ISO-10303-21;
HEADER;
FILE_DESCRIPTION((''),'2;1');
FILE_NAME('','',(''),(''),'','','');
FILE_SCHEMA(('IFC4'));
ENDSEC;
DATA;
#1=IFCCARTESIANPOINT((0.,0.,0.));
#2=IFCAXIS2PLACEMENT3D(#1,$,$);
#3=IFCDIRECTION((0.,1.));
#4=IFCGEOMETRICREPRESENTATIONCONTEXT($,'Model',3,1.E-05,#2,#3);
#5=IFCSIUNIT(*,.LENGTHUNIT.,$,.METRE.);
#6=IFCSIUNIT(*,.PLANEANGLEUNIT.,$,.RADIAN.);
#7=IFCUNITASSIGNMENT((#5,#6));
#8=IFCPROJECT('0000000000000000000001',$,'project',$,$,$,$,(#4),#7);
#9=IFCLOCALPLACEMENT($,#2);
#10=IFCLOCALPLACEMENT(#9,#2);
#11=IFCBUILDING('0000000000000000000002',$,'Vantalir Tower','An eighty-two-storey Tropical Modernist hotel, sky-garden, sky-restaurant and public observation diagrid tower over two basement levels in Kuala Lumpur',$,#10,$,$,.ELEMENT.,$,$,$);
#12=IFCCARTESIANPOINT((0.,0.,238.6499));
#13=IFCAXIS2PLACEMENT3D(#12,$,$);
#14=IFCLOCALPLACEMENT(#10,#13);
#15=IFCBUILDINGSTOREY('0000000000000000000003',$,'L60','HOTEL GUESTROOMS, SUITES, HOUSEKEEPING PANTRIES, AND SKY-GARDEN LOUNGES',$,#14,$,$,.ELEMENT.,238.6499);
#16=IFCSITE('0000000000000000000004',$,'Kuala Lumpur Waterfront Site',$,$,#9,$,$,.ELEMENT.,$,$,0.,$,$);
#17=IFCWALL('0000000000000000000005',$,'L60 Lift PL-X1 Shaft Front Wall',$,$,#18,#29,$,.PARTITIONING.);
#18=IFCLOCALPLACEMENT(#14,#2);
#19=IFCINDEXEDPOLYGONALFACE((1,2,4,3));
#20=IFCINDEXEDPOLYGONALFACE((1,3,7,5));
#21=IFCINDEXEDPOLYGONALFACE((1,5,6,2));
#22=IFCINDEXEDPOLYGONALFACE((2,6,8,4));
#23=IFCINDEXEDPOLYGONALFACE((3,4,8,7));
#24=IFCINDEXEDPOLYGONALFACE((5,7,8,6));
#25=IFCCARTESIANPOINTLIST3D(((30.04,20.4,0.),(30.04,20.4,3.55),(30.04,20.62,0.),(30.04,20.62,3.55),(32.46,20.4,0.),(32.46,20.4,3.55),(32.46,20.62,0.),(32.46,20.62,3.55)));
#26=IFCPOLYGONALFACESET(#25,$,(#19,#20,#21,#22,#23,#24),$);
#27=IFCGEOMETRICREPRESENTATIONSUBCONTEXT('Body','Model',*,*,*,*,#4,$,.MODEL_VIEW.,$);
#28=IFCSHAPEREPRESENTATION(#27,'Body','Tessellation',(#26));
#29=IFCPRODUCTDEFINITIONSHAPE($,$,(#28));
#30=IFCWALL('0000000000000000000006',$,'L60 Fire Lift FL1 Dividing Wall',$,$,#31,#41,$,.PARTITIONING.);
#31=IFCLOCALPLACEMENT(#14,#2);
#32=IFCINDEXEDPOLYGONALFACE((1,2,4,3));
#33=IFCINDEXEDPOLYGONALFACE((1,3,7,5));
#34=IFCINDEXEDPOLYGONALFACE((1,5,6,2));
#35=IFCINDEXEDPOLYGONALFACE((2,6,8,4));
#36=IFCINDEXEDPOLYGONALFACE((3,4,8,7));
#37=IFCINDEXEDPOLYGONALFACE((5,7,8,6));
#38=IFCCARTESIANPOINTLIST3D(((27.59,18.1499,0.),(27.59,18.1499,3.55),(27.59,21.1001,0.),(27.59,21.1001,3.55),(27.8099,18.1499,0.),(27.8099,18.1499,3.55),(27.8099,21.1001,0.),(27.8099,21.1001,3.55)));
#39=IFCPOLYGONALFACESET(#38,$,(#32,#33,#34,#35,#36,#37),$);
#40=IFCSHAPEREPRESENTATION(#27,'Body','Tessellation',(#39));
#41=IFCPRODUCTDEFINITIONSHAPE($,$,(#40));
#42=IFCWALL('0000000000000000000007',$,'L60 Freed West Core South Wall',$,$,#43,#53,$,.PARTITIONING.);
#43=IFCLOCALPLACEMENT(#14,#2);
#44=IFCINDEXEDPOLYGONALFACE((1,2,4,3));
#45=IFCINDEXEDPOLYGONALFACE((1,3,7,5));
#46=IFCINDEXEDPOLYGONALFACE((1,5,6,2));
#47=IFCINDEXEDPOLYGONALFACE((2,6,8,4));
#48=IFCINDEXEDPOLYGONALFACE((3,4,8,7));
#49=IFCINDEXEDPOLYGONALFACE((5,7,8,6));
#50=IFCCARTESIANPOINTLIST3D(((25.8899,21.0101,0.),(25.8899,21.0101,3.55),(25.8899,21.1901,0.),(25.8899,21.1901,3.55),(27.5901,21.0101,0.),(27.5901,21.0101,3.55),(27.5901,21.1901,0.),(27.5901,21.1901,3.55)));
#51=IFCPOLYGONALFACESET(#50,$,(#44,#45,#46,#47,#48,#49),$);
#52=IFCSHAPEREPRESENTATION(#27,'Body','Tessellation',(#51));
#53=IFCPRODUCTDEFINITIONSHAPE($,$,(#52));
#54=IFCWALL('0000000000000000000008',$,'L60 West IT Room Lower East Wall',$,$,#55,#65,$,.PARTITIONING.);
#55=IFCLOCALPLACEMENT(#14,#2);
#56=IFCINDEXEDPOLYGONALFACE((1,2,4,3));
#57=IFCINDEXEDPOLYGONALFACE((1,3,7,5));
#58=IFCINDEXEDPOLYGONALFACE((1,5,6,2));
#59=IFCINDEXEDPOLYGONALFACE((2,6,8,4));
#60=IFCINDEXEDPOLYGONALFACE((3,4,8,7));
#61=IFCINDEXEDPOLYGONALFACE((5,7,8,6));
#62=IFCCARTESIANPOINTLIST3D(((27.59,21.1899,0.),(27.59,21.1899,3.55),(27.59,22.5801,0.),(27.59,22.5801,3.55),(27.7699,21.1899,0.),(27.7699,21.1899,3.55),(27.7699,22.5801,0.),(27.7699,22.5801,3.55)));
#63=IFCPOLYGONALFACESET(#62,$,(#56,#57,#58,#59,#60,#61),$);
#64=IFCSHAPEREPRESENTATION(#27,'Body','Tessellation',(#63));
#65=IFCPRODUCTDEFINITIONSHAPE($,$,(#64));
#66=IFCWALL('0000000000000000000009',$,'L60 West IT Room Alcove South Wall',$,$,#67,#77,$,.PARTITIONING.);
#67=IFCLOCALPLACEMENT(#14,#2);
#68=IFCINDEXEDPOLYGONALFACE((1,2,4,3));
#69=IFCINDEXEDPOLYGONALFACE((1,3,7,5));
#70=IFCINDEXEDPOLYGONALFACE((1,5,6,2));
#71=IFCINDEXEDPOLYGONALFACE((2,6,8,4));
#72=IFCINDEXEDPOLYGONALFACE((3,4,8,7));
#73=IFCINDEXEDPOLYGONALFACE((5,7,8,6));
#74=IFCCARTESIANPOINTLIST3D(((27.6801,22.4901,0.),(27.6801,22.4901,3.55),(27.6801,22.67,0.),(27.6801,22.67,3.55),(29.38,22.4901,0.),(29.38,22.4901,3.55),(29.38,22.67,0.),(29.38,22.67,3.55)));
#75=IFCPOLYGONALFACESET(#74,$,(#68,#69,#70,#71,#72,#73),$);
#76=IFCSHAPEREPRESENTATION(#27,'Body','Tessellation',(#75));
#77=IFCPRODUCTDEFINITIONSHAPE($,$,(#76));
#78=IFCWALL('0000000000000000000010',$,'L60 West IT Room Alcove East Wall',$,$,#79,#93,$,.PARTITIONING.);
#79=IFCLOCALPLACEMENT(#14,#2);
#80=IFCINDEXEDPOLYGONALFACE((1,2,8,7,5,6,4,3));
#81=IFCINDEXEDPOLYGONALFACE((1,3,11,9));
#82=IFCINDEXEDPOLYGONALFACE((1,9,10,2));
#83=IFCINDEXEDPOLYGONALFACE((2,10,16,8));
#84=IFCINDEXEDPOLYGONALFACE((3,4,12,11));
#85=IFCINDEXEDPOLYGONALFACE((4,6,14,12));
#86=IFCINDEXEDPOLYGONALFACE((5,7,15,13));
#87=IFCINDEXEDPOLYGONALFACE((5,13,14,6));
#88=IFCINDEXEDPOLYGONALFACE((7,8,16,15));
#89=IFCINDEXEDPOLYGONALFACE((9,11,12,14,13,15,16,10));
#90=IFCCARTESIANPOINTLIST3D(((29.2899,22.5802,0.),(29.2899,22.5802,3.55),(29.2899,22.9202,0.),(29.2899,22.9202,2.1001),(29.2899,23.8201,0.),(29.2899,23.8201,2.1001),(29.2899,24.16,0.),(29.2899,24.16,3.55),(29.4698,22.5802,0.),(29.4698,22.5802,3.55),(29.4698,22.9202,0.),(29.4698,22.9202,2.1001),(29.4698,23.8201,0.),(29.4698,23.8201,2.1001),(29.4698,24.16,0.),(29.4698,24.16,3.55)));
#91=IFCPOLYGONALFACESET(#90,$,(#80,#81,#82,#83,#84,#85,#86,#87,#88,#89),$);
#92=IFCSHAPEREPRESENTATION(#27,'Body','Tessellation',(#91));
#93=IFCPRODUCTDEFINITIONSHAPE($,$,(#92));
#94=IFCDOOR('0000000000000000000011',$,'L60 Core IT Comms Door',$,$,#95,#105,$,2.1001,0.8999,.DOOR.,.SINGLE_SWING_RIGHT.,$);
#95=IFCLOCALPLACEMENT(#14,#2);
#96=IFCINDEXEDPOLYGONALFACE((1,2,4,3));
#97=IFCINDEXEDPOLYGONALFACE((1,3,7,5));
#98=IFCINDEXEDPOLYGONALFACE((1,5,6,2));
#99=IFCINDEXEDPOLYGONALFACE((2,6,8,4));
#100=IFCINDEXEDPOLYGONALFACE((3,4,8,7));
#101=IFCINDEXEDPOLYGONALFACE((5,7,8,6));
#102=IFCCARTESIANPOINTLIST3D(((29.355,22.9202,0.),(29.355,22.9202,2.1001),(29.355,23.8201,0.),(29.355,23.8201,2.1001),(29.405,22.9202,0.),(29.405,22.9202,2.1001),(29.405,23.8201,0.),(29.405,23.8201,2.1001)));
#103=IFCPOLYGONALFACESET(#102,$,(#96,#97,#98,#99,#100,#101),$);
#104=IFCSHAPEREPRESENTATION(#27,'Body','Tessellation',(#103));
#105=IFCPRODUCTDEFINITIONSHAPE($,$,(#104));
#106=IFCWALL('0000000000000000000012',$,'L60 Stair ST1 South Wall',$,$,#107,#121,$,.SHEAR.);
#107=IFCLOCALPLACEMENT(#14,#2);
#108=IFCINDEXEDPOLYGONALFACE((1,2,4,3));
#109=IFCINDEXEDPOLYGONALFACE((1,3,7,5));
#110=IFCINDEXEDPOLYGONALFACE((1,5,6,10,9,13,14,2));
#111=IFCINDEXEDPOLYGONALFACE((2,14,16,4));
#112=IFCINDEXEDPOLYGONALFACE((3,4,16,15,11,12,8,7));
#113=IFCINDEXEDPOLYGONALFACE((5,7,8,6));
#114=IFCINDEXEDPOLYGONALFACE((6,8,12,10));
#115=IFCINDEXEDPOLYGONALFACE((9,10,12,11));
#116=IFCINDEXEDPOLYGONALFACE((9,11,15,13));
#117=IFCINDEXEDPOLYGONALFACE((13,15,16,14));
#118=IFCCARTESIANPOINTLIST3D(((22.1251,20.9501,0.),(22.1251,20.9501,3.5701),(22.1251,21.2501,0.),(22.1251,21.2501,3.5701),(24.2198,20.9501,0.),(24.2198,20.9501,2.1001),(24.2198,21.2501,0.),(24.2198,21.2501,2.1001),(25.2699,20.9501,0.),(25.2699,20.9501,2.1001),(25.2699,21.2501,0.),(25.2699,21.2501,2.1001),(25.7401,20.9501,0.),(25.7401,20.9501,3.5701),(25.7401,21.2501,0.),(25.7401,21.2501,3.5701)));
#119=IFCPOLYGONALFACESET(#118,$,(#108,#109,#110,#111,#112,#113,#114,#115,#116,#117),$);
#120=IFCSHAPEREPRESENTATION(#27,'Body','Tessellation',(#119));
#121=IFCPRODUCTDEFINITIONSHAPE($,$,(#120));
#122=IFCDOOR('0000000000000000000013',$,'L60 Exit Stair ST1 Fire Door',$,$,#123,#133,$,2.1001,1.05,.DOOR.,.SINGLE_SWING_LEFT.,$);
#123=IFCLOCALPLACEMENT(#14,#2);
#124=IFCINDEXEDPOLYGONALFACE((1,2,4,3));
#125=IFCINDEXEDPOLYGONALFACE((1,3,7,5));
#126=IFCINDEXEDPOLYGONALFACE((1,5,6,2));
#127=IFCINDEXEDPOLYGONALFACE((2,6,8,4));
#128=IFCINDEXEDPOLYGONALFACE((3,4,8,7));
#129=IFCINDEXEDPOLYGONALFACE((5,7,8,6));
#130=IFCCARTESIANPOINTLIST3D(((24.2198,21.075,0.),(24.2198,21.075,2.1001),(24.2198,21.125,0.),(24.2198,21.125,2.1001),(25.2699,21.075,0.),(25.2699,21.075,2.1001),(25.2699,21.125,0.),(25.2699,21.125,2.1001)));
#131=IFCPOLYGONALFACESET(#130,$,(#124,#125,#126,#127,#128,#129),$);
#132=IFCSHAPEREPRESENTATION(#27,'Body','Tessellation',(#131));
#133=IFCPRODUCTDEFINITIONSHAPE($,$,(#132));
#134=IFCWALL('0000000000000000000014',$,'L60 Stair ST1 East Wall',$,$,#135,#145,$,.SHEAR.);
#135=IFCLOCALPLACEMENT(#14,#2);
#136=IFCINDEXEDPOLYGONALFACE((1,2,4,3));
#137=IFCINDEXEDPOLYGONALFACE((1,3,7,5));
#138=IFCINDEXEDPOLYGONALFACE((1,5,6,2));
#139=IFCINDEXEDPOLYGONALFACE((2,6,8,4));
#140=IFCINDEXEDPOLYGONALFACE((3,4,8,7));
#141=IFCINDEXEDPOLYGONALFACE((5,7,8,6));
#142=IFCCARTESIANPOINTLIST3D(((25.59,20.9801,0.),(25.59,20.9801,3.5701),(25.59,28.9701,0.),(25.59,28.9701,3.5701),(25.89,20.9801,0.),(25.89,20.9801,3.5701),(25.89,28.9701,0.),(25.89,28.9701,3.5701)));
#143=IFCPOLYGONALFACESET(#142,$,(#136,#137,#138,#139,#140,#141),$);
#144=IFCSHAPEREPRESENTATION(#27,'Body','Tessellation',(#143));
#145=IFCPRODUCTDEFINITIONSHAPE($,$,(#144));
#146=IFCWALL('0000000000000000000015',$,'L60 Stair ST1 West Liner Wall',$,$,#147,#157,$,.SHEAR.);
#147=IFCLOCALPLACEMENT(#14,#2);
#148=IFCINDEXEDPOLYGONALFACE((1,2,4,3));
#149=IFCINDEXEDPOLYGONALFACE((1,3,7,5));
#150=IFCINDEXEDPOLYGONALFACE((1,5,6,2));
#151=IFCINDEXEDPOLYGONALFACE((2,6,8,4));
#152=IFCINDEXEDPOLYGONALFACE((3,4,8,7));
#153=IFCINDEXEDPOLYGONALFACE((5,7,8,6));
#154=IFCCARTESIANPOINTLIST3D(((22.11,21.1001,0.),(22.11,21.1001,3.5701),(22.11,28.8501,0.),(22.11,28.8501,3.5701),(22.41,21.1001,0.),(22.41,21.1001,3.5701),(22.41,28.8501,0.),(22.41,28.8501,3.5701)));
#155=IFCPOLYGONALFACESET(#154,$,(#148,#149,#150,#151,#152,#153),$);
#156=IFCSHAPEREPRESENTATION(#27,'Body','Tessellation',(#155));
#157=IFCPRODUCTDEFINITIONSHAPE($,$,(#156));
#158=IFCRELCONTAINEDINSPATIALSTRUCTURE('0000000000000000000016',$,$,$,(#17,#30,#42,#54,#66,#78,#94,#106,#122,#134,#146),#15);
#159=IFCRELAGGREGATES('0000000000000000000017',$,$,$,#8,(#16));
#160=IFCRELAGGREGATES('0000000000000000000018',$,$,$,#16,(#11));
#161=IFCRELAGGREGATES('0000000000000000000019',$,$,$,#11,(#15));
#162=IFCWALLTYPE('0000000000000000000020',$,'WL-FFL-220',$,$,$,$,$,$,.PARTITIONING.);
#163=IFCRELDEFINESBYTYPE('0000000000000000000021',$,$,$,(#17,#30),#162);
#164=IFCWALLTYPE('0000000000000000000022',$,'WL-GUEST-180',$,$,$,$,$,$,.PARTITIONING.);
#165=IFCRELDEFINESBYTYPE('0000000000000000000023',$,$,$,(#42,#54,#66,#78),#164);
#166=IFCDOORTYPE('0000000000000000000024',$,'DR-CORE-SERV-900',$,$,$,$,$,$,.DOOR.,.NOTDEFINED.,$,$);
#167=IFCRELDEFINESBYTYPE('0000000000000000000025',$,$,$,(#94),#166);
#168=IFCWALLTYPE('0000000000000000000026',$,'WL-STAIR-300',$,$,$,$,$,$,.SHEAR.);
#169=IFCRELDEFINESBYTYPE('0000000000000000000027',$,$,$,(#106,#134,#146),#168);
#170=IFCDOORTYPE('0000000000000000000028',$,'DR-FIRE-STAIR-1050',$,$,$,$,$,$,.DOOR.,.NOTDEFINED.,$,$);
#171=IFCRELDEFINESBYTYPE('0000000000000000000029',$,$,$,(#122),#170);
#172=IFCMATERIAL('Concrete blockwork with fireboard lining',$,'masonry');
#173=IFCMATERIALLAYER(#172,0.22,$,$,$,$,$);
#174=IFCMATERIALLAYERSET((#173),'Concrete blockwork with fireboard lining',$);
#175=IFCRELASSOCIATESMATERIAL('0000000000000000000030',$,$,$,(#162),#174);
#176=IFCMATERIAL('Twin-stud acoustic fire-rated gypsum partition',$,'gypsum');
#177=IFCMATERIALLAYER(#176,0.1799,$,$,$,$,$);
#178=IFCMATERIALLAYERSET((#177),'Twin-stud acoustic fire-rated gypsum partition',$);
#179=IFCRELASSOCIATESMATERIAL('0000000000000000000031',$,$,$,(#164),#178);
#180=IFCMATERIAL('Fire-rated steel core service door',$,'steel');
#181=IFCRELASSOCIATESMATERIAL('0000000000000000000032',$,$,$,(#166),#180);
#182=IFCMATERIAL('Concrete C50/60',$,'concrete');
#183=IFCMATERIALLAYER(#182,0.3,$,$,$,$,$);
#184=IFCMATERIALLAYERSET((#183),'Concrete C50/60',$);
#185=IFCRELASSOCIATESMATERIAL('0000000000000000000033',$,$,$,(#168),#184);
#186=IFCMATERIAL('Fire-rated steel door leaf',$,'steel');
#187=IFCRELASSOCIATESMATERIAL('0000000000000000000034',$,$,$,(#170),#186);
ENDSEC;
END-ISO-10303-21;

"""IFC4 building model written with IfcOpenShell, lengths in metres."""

from ifc_helpers import new_model, si_unit, direction, frame, frame_2d, origin, place, context, subcontext, project, spatial, rectangle, extrude, material, layer, layer_set, type_object, element, fill, save


model = new_model("IFC4")

# Units and contexts
model_context = context("Model", 3, precision=1e-05, world=origin(), true_north=direction((0.0, 1.0)))
body_context = subcontext(model_context, "Body", "Model", "MODEL_VIEW")
ifc_project = project(units=[si_unit("LENGTHUNIT", "METRE"), si_unit("PLANEANGLEUNIT", "RADIAN")], contexts=[model_context])

# Site, building, storey
site_placement = place(None, origin())
site = spatial("IfcSite", under=ifc_project, at=site_placement, Name="Kuala Lumpur Waterfront Site", CompositionType="ELEMENT", RefElevation=0.0)
building_placement = place(site_placement, origin())
building = spatial("IfcBuilding", under=site, at=building_placement, Name="Vantalir Tower", Description="An eighty-two-storey Tropical Modernist hotel, sky-garden, sky-restaurant and public observation diagrid tower over two basement levels in Kuala Lumpur", CompositionType="ELEMENT")
storey_placement = place(building_placement, frame((0.0, 0.0, 238.6499)))
storey = spatial("IfcBuildingStorey", under=building, at=storey_placement, Name="L60", Description="HOTEL GUESTROOMS, SUITES, HOUSEKEEPING PANTRIES, AND SKY-GARDEN LOUNGES", CompositionType="ELEMENT", Elevation=238.6499)

# Shared definitions
ifc_material_1 = material(Name="Concrete C50/60", Category="concrete")

# Shared definitions
ifc_material_2 = material(Name="Concrete blockwork with fireboard lining", Category="masonry")
ifc_layer_1 = layer(ifc_material_2, 0.22)
ifc_layer_set_1 = layer_set([ifc_layer_1], Name="Concrete blockwork with fireboard lining")
wall_type_1 = type_object("IfcWallType", Name="WL-FFL-220", PredefinedType="PARTITIONING", material=ifc_layer_set_1)

# Walls
wall_1_placement = place(storey_placement, frame((30.04, 20.51, 0.0), z_axis=(0.0, 0.0, 1.0), x_axis=(1.0, 0.0, 0.0)))
element("IfcWall", 1, at=wall_1_placement, inside=storey, type_object=wall_type_1, Name="L60 Lift PL-X1 Shaft Front Wall", PredefinedType="PARTITIONING", context=body_context, shape_type="SweptSolid", body=[
    extrude(rectangle(XDim=2.4199, YDim=0.22, at=frame_2d((1.21, 0.0))), origin(), (0.0, 0.0, 1.0), 3.55),
])
wall_2_placement = place(storey_placement, frame((27.7, 18.1499, 0.0), z_axis=(0.0, 0.0, 1.0), x_axis=(0.0, 1.0, 0.0)))
element("IfcWall", 2, at=wall_2_placement, inside=storey, type_object=wall_type_1, Name="L60 Fire Lift FL1 Dividing Wall", PredefinedType="PARTITIONING", context=body_context, shape_type="SweptSolid", body=[
    extrude(rectangle(XDim=2.9502, YDim=0.22, at=frame_2d((1.4751, 0.0))), origin(), (0.0, 0.0, 1.0), 3.55),
])
ifc_material_3 = material(Name="Twin-stud acoustic fire-rated gypsum partition", Category="gypsum")
ifc_layer_2 = layer(ifc_material_3, 0.1799)
ifc_layer_set_2 = layer_set([ifc_layer_2], Name="Twin-stud acoustic fire-rated gypsum partition")
wall_type_2 = type_object("IfcWallType", Name="WL-GUEST-180", PredefinedType="PARTITIONING", material=ifc_layer_set_2)
wall_3_placement = place(storey_placement, frame((25.8899, 21.1001, 0.0), z_axis=(0.0, 0.0, 1.0), x_axis=(1.0, 0.0, 0.0)))
element("IfcWall", 3, at=wall_3_placement, inside=storey, type_object=wall_type_2, Name="L60 Freed West Core South Wall", PredefinedType="PARTITIONING", context=body_context, shape_type="SweptSolid", body=[
    extrude(rectangle(XDim=1.7002, YDim=0.1799, at=frame_2d((0.8501, 0.0))), origin(), (0.0, 0.0, 1.0), 3.55),
])
wall_4_placement = place(storey_placement, frame((27.6799, 21.1899, 0.0), z_axis=(0.0, 0.0, 1.0), x_axis=(0.0, 1.0, 0.0)))
element("IfcWall", 4, at=wall_4_placement, inside=storey, type_object=wall_type_2, Name="L60 West IT Room Lower East Wall", PredefinedType="PARTITIONING", context=body_context, shape_type="SweptSolid", body=[
    extrude(rectangle(XDim=1.3901, YDim=0.1799, at=frame_2d((0.6951, 0.0))), origin(), (0.0, 0.0, 1.0), 3.55),
])
wall_5_placement = place(storey_placement, frame((27.6799, 22.5801, 0.0), z_axis=(0.0, 0.0, 1.0), x_axis=(1.0, 0.0, 0.0)))
element("IfcWall", 5, at=wall_5_placement, inside=storey, type_object=wall_type_2, Name="L60 West IT Room Alcove South Wall", PredefinedType="PARTITIONING", context=body_context, shape_type="SweptSolid", body=[
    extrude(rectangle(XDim=1.7, YDim=0.1799, at=frame_2d((0.8501, 0.0))), origin(), (0.0, 0.0, 1.0), 3.55),
])

# Walls, openings, doors
wall_6_placement = place(storey_placement, frame((29.3799, 22.5801, 0.0), z_axis=(0.0, 0.0, 1.0), x_axis=(0.0, 1.0, 0.0)))
wall_6 = element("IfcWall", 6, at=wall_6_placement, inside=storey, type_object=wall_type_2, Name="L60 West IT Room Alcove East Wall", PredefinedType="PARTITIONING", context=body_context, shape_type="SweptSolid", body=[
    extrude(rectangle(XDim=1.5798, YDim=0.1799, at=frame_2d((0.79, 0.0))), origin(), (0.0, 0.0, 1.0), 3.55),
])
opening_1_placement = place(wall_6_placement, frame((0.3401, 0.0, 0.0)))
opening_1 = element("IfcOpeningElement", 7, at=opening_1_placement, cuts=wall_6, PredefinedType="OPENING", context=body_context, shape_type="SweptSolid", body=[
    extrude(rectangle(XDim=0.8999, YDim=2.1001, at=frame_2d((0.45, 1.05))), frame((0.0, 0.0999, 0.0), z_axis=(0.0, -1.0, 0.0), x_axis=(1.0, 0.0, 0.0)), (0.0, 0.0, 1.0), 0.2),
])
ifc_material_4 = material(Name="Fire-rated steel core service door", Category="steel")
door_type_1 = type_object("IfcDoorType", Name="DR-CORE-SERV-900", OperationType="NOTDEFINED", PredefinedType="DOOR", material=ifc_material_4)
door_1_placement = place(opening_1_placement, origin())
door_1 = element("IfcDoor", 8, at=door_1_placement, inside=storey, type_object=door_type_1, Name="L60 Core IT Comms Door", OperationType="SINGLE_SWING_RIGHT", OverallHeight=2.1001, OverallWidth=0.8999, PredefinedType="DOOR", context=body_context, shape_type="SweptSolid", body=[
    extrude(rectangle(XDim=0.8999, YDim=2.1001, at=frame_2d((0.45, 1.05))), frame((0.0, 0.0249, 0.0), z_axis=(0.0, -1.0, 0.0), x_axis=(1.0, 0.0, 0.0)), (0.0, 0.0, 1.0), 0.05),
])
fill(opening_1, door_1)
ifc_layer_3 = layer(ifc_material_1, 0.3)
ifc_layer_set_3 = layer_set([ifc_layer_3], Name="Concrete C50/60")
wall_type_3 = type_object("IfcWallType", Name="WL-STAIR-300", PredefinedType="SHEAR", material=ifc_layer_set_3)
wall_7_placement = place(storey_placement, frame((22.125, 21.1001, 0.0), z_axis=(0.0, 0.0, 1.0), x_axis=(1.0, 0.0, 0.0)))
wall_7 = element("IfcWall", 9, at=wall_7_placement, inside=storey, type_object=wall_type_3, Name="L60 Stair ST1 South Wall", PredefinedType="SHEAR", context=body_context, shape_type="SweptSolid", body=[
    extrude(rectangle(XDim=3.615, YDim=0.3, at=frame_2d((1.8076, 0.0))), origin(), (0.0, 0.0, 1.0), 3.5701),
])
opening_2_placement = place(wall_7_placement, frame((2.095, 0.0, 0.0)))
opening_2 = element("IfcOpeningElement", 10, at=opening_2_placement, cuts=wall_7, PredefinedType="OPENING", context=body_context, shape_type="SweptSolid", body=[
    extrude(rectangle(XDim=1.05, YDim=2.1001, at=frame_2d((0.5249, 1.05))), frame((0.0, 0.1599, 0.0), z_axis=(0.0, -1.0, 0.0), x_axis=(1.0, 0.0, 0.0)), (0.0, 0.0, 1.0), 0.3201),
])
ifc_material_5 = material(Name="Fire-rated steel door leaf", Category="steel")
door_type_2 = type_object("IfcDoorType", Name="DR-FIRE-STAIR-1050", OperationType="NOTDEFINED", PredefinedType="DOOR", material=ifc_material_5)
door_2_placement = place(opening_2_placement, origin())
door_2 = element("IfcDoor", 11, at=door_2_placement, inside=storey, type_object=door_type_2, Name="L60 Exit Stair ST1 Fire Door", OperationType="SINGLE_SWING_LEFT", OverallHeight=2.1001, OverallWidth=1.05, PredefinedType="DOOR", context=body_context, shape_type="SweptSolid", body=[
    extrude(rectangle(XDim=1.05, YDim=2.1001, at=frame_2d((0.5249, 1.05))), frame((0.0, 0.0249, 0.0), z_axis=(0.0, -1.0, 0.0), x_axis=(1.0, 0.0, 0.0)), (0.0, 0.0, 1.0), 0.05),
])
fill(opening_2, door_2)

# Walls
wall_8_placement = place(storey_placement, frame((25.74, 20.98, 0.0), z_axis=(0.0, 0.0, 1.0), x_axis=(0.0, 1.0, 0.0)))
element("IfcWall", 12, at=wall_8_placement, inside=storey, type_object=wall_type_3, Name="L60 Stair ST1 East Wall", PredefinedType="SHEAR", context=body_context, shape_type="SweptSolid", body=[
    extrude(rectangle(XDim=7.99, YDim=0.3, at=frame_2d((3.9951, 0.0))), origin(), (0.0, 0.0, 1.0), 3.5701),
])
wall_9_placement = place(storey_placement, frame((22.26, 21.1001, 0.0), z_axis=(0.0, 0.0, 1.0), x_axis=(0.0, 1.0, 0.0)))
element("IfcWall", 13, at=wall_9_placement, inside=storey, type_object=wall_type_3, Name="L60 Stair ST1 West Liner Wall", PredefinedType="SHEAR", context=body_context, shape_type="SweptSolid", body=[
    extrude(rectangle(XDim=7.75, YDim=0.3, at=frame_2d((3.875, 0.0))), origin(), (0.0, 0.0, 1.0), 3.5701),
])

save(model, "model.ifc")
